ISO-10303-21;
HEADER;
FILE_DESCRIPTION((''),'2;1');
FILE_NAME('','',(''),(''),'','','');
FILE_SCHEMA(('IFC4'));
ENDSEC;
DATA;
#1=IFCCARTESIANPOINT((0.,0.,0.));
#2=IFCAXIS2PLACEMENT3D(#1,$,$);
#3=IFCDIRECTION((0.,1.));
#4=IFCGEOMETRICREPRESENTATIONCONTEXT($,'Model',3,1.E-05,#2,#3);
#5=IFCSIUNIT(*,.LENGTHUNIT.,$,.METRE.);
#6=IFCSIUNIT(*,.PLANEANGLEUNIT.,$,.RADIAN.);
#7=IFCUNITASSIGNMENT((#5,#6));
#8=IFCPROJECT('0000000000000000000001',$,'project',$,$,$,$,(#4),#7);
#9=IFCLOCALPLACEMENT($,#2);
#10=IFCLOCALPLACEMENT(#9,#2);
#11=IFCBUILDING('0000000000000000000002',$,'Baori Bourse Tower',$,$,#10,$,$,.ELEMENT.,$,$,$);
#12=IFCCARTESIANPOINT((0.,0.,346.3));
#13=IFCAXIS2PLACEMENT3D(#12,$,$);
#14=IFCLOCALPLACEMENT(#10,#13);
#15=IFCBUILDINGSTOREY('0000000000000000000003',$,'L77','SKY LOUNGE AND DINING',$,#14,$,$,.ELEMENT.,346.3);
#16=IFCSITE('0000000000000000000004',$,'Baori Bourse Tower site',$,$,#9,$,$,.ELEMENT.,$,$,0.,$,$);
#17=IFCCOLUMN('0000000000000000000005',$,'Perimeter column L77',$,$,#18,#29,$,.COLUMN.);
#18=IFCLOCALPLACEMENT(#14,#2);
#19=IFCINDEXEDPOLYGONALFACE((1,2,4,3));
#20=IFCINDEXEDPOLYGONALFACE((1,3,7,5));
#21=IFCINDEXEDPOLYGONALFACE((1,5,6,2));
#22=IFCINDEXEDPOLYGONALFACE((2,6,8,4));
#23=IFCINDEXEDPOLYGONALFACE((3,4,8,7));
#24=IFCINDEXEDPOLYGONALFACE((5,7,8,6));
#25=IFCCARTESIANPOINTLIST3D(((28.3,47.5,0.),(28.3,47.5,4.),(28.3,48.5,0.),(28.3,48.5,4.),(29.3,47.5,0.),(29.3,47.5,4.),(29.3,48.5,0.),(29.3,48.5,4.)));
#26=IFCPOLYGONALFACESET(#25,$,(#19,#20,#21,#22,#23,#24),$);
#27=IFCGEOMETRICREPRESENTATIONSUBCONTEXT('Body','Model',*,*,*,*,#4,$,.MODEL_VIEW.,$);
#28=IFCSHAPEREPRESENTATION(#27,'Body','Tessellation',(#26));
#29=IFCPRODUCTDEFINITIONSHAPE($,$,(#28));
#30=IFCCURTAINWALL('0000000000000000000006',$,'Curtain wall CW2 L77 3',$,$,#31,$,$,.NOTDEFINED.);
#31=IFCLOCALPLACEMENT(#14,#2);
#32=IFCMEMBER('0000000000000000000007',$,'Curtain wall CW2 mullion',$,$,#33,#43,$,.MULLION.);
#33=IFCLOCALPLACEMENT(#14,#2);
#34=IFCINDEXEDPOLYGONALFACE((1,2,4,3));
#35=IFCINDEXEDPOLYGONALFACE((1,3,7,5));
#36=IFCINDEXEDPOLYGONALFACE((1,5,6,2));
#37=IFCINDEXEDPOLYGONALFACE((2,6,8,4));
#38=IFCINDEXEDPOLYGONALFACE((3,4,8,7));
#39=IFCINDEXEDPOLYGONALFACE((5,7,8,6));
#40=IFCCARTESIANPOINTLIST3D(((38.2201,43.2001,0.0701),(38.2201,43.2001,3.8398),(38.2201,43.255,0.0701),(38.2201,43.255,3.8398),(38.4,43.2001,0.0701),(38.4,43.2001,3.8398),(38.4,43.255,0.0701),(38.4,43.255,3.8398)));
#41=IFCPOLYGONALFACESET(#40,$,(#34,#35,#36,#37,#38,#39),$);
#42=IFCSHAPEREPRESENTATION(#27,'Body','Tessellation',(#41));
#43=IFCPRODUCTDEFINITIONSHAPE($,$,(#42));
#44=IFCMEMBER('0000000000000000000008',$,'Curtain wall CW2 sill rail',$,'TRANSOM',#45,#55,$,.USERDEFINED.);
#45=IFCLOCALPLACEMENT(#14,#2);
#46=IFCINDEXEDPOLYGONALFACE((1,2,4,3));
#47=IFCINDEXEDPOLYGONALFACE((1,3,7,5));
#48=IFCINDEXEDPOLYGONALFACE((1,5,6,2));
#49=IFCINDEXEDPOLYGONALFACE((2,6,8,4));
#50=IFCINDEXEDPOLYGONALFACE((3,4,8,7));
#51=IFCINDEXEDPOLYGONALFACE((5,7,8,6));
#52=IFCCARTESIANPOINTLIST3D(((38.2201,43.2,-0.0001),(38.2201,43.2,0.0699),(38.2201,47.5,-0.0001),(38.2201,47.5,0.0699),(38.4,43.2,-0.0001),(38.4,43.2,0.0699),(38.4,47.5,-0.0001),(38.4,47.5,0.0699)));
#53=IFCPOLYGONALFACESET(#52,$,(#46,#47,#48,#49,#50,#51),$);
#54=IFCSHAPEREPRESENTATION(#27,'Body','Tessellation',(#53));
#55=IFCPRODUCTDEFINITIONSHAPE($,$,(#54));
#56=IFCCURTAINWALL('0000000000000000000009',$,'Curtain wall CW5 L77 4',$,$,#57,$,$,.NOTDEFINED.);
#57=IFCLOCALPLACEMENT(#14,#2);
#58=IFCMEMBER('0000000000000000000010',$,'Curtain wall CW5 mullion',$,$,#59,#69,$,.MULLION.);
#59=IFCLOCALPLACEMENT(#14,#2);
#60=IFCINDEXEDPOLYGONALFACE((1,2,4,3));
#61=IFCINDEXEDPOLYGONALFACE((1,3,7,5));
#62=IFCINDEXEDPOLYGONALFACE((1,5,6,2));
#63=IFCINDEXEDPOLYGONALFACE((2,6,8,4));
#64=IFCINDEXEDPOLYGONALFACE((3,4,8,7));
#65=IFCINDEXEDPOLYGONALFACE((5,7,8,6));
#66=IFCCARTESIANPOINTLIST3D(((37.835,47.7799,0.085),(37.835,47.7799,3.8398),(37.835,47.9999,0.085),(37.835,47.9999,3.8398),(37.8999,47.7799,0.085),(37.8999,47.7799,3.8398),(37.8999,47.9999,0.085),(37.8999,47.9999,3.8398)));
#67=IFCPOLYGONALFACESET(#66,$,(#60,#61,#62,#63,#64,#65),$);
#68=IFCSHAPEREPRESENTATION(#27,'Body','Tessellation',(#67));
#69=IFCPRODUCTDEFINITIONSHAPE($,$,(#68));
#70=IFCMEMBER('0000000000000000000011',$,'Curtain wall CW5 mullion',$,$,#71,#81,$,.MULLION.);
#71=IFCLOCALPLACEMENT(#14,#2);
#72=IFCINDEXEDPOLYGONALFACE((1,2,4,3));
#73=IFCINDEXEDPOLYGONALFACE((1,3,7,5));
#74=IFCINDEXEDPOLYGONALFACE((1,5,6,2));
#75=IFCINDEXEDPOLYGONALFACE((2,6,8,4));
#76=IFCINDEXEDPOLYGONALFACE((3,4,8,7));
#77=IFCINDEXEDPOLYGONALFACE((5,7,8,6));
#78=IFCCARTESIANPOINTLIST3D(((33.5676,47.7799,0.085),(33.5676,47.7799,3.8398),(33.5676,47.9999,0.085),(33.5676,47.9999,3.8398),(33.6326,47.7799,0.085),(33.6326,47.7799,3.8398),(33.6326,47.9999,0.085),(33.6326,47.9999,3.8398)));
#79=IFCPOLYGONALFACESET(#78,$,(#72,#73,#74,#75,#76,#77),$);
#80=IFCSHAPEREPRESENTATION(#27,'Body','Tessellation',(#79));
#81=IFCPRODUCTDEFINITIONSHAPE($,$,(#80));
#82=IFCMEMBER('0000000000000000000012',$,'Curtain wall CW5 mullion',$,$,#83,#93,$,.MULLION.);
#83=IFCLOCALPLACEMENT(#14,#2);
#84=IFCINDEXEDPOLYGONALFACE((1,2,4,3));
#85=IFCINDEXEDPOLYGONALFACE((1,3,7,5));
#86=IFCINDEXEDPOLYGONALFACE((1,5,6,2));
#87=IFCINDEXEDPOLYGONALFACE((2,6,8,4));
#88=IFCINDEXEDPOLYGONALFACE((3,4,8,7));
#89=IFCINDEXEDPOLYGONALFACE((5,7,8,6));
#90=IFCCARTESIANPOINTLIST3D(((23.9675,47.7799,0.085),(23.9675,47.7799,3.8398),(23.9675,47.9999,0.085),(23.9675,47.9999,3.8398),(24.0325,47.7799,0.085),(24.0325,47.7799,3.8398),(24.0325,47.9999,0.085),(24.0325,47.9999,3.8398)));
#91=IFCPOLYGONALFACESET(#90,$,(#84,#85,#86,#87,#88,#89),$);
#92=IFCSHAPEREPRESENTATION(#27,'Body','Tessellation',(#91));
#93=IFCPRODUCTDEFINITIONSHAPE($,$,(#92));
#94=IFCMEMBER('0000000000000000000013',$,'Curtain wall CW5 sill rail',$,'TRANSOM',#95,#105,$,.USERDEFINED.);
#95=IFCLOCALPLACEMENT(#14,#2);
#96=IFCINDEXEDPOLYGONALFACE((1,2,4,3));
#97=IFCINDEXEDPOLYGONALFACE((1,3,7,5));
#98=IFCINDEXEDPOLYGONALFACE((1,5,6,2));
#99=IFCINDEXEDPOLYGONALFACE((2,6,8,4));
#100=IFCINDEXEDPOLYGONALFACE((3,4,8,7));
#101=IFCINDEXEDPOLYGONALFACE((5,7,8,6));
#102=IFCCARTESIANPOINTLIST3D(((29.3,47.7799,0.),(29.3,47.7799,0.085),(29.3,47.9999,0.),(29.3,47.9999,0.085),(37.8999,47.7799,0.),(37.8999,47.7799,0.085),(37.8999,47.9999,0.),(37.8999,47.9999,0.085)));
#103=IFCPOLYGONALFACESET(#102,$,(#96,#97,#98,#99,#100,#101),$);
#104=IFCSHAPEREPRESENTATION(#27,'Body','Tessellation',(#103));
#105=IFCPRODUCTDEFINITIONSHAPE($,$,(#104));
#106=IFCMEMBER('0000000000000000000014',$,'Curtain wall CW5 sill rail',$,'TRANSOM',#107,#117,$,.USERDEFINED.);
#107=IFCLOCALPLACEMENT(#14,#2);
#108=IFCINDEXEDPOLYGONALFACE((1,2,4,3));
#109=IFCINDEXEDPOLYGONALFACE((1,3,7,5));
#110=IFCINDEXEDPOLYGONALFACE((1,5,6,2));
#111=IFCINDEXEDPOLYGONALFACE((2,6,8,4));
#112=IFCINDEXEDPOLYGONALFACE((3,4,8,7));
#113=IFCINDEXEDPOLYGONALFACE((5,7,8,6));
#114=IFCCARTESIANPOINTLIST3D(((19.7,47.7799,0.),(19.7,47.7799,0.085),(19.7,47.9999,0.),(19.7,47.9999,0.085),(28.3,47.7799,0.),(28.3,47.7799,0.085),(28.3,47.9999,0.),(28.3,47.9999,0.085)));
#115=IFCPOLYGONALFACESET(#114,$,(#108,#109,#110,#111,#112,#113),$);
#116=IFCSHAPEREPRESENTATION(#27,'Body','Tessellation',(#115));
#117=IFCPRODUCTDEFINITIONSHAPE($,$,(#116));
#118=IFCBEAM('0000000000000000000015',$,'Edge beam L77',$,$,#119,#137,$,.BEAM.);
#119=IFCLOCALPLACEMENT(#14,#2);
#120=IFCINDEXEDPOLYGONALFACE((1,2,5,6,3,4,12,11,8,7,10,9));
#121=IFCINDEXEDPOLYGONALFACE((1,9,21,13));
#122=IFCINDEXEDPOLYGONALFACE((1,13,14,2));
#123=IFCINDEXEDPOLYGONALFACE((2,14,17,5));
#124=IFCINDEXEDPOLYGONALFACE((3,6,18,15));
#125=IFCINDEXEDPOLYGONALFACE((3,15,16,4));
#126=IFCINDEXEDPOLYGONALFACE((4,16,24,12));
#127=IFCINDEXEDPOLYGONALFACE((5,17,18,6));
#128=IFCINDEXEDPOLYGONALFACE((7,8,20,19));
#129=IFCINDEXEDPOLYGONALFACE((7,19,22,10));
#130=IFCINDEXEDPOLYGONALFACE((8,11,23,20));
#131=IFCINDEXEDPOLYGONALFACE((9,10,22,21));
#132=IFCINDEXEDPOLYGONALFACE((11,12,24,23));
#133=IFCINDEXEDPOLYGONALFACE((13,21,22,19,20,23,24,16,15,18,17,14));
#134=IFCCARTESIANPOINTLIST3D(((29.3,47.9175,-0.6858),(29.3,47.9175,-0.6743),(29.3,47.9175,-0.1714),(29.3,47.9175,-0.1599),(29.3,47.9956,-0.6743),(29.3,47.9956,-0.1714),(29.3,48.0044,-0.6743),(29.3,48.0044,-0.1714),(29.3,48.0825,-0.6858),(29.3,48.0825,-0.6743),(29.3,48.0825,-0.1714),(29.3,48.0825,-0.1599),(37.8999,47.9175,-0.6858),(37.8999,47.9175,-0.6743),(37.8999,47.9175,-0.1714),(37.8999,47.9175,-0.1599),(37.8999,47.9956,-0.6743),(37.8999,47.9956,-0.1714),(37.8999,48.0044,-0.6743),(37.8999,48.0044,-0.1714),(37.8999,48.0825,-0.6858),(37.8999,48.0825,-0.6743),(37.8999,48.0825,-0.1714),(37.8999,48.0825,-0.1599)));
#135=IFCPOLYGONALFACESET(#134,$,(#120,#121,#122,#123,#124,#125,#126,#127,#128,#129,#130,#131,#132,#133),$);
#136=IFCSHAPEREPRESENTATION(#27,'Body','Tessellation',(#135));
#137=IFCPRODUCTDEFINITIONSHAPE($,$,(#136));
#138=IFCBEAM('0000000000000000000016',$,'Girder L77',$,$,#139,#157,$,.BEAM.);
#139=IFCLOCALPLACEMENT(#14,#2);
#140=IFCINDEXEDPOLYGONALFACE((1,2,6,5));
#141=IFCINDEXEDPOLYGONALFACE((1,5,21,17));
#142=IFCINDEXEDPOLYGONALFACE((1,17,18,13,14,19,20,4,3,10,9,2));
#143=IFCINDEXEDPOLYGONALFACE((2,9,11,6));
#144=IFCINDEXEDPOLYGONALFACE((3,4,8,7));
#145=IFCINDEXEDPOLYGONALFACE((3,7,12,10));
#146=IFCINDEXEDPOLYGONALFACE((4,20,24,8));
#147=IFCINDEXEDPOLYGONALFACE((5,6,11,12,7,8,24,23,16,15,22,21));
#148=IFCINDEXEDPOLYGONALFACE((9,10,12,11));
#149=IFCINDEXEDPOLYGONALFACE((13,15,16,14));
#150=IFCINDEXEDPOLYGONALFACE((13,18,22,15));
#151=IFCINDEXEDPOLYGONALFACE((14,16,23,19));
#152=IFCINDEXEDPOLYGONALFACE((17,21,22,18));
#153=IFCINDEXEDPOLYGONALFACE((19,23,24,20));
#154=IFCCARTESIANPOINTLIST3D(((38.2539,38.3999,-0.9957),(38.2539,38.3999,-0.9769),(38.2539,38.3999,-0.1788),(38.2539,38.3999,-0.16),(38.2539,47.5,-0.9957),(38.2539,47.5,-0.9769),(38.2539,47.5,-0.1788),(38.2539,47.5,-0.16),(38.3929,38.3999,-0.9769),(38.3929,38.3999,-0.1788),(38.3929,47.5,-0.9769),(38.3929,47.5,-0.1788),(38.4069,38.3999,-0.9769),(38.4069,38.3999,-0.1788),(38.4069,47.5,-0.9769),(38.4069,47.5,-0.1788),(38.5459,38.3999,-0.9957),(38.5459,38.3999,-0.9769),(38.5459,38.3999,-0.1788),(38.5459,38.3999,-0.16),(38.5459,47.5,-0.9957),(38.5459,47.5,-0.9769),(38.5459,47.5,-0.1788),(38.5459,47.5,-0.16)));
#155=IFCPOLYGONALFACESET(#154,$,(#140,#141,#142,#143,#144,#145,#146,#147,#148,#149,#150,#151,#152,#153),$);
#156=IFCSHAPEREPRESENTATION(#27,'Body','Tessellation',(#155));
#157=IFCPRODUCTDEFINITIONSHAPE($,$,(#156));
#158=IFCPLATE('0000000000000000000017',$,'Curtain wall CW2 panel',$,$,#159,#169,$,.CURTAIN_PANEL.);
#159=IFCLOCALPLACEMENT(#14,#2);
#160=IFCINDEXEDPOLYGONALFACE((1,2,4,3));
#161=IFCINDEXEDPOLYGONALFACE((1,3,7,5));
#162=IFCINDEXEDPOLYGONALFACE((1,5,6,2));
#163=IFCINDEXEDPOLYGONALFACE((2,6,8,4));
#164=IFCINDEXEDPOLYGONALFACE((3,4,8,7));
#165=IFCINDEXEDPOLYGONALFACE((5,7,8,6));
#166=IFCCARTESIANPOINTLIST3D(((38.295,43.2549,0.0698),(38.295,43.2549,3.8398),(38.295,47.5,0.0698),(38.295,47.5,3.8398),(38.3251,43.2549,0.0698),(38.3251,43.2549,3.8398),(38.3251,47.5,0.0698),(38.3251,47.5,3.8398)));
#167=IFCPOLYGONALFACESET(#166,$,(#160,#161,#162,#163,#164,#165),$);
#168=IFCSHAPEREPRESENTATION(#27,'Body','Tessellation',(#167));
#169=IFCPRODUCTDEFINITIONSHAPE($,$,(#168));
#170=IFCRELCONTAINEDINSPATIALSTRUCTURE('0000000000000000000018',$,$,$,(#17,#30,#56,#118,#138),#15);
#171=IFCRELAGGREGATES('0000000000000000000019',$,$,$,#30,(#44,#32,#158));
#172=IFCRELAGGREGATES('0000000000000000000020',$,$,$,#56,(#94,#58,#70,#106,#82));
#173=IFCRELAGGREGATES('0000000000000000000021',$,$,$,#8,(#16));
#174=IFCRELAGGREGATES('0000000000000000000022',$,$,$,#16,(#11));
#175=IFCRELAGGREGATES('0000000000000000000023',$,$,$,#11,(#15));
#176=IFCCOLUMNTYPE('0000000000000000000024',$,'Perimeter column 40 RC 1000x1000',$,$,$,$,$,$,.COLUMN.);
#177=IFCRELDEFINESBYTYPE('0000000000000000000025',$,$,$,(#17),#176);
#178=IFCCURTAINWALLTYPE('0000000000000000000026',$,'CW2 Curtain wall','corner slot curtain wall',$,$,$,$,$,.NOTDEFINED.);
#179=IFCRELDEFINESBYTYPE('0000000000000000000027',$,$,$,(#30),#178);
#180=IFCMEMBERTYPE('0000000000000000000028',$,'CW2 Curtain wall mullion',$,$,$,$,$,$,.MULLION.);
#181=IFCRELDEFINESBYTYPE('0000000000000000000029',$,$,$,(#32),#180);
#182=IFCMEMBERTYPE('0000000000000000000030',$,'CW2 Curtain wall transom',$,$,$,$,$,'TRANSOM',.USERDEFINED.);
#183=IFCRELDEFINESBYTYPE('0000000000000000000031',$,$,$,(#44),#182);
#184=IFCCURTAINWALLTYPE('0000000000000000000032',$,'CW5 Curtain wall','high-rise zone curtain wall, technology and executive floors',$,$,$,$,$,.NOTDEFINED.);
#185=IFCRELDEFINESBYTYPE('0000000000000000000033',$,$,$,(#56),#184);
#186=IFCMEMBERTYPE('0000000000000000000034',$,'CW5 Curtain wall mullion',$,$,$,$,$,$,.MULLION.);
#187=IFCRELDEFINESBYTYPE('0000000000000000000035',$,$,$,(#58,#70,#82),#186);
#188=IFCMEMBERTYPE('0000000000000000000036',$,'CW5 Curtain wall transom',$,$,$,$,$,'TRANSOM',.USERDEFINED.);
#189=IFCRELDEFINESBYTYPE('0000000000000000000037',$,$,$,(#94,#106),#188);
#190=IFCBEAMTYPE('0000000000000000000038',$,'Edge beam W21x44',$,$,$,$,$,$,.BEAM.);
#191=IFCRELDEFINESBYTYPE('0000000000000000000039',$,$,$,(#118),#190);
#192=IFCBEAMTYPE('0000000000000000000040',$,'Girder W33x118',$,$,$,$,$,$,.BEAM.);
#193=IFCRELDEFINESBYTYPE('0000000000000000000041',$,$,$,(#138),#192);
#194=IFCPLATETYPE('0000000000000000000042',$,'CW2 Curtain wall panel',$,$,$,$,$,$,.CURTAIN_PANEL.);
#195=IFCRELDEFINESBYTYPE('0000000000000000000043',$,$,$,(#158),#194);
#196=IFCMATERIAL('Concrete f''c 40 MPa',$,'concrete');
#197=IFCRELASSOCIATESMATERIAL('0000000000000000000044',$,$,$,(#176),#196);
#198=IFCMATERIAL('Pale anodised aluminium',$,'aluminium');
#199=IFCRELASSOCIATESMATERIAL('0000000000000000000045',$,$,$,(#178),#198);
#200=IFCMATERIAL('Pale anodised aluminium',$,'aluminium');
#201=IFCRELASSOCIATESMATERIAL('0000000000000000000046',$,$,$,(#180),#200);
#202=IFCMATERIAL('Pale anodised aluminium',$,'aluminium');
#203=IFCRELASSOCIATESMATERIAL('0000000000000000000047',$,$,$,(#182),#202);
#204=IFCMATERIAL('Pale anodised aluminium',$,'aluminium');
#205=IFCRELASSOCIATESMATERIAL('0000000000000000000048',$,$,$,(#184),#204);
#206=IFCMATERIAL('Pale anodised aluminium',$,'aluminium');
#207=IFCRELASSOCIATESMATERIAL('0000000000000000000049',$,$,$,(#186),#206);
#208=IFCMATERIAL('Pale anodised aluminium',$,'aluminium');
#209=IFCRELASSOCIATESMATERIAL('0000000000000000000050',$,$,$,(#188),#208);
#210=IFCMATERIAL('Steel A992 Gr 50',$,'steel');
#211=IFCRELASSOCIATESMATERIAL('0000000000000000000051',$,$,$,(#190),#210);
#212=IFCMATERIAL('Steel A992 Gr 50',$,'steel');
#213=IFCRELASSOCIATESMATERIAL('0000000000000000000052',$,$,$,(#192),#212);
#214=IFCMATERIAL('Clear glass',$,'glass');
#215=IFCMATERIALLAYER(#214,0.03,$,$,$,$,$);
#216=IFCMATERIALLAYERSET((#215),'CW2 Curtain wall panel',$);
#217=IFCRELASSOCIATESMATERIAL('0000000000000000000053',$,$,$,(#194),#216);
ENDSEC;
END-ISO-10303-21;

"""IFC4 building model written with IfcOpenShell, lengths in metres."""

from ifc_helpers import new_model, si_unit, direction, frame, origin, origin_2d, place, context, subcontext, project, spatial, rectangle, i_section, extrude, material, layer, layer_set, material_profile, profile_set, type_object, element, aggregate, save


model = new_model("IFC4")

# Units and contexts
model_context = context("Model", 3, precision=1e-05, world=origin(), true_north=direction((0.0, 1.0)))
body_context = subcontext(model_context, "Body", "Model", "MODEL_VIEW")
ifc_project = project(units=[si_unit("LENGTHUNIT", "METRE"), si_unit("PLANEANGLEUNIT", "RADIAN")], contexts=[model_context])

# Site, building, storey
site_placement = place(None, origin())
site = spatial("IfcSite", under=ifc_project, at=site_placement, Name="Baori Bourse Tower site", CompositionType="ELEMENT", RefElevation=0.0)
building_placement = place(site_placement, origin())
building = spatial("IfcBuilding", under=site, at=building_placement, Name="Baori Bourse Tower", CompositionType="ELEMENT")
storey_placement = place(building_placement, frame((0.0, 0.0, 346.3)))
storey = spatial("IfcBuildingStorey", under=building, at=storey_placement, Name="L77", Description="SKY LOUNGE AND DINING", CompositionType="ELEMENT", Elevation=346.3)

# Column
ifc_material_1 = material(Name="Concrete f'c 40 MPa", Category="concrete")
ifc_material_profile_1 = material_profile(ifc_material_1, rectangle(XDim=1.0, YDim=1.0, at=origin_2d()), Name="RC 1000x1000")
ifc_profile_set_1 = profile_set([ifc_material_profile_1], Name="Concrete f'c 40 MPa")
column_type = type_object("IfcColumnType", Name="Perimeter column 40 RC 1000x1000", PredefinedType="COLUMN", material=ifc_profile_set_1)
column_placement = place(storey_placement, frame((28.8, 48.0, 0.0), z_axis=(0.0, 0.0, 1.0), x_axis=(1.0, 0.0, 0.0)))
element("IfcColumn", 1, at=column_placement, inside=storey, type_object=column_type, Name="Perimeter column L77", PredefinedType="COLUMN", context=body_context, shape_type="SweptSolid", body=[
    extrude(rectangle(XDim=1.0, YDim=1.0, at=origin_2d()), origin(), (0.0, 0.0, 1.0), 4.0),
])

# Curtain walls, members
ifc_material_2 = material(Name="Pale anodised aluminium", Category="aluminium")
curtain_wall_type_1 = type_object("IfcCurtainWallType", Name="CW2 Curtain wall", Description="corner slot curtain wall", PredefinedType="NOTDEFINED", material=ifc_material_2)
curtain_wall_1_placement = place(storey_placement, origin())
curtain_wall_1 = element("IfcCurtainWall", 2, at=curtain_wall_1_placement, inside=storey, type_object=curtain_wall_type_1, Name="Curtain wall CW2 L77 3", PredefinedType="NOTDEFINED")
ifc_material_3 = material(Name="Pale anodised aluminium", Category="aluminium")
ifc_material_profile_2 = material_profile(ifc_material_3, rectangle(XDim=0.1799, YDim=0.0549, at=origin_2d()), Name="Mullion 55x180")
ifc_profile_set_2 = profile_set([ifc_material_profile_2], Name="Pale anodised aluminium")
member_type_1 = type_object("IfcMemberType", Name="CW2 Curtain wall mullion", PredefinedType="MULLION", material=ifc_profile_set_2)
member_1_placement = place(storey_placement, frame((38.3101, 43.2275, 0.0701), z_axis=(0.0, 0.0, 1.0), x_axis=(-1.0, 0.0, 0.0)))
member_1 = element("IfcMember", 3, at=member_1_placement, type_object=member_type_1, Name="Curtain wall CW2 mullion", PredefinedType="MULLION", context=body_context, shape_type="SweptSolid", body=[
    extrude(rectangle(XDim=0.1799, YDim=0.0549, at=origin_2d()), origin(), (0.0, 0.0, 1.0), 3.7698),
])
ifc_material_4 = material(Name="Pale anodised aluminium", Category="aluminium")
ifc_material_profile_3 = material_profile(ifc_material_4, rectangle(XDim=0.1799, YDim=0.0701, at=origin_2d()), Name="Transom 70x180")
ifc_profile_set_3 = profile_set([ifc_material_profile_3], Name="Pale anodised aluminium")
member_type_2 = type_object("IfcMemberType", Name="CW2 Curtain wall transom", ElementType="TRANSOM", PredefinedType="USERDEFINED", material=ifc_profile_set_3)
member_2_placement = place(storey_placement, frame((38.3101, 43.2, 0.0349), z_axis=(0.0, 1.0, 0.0), x_axis=(-1.0, 0.0, 0.0)))
member_2 = element("IfcMember", 4, at=member_2_placement, type_object=member_type_2, Name="Curtain wall CW2 sill rail", ObjectType="TRANSOM", PredefinedType="USERDEFINED", context=body_context, shape_type="SweptSolid", body=[
    extrude(rectangle(XDim=0.1799, YDim=0.0701, at=origin_2d()), origin(), (0.0, 0.0, 1.0), 4.3),
])
ifc_material_5 = material(Name="Pale anodised aluminium", Category="aluminium")
curtain_wall_type_2 = type_object("IfcCurtainWallType", Name="CW5 Curtain wall", Description="high-rise zone curtain wall, technology and executive floors", PredefinedType="NOTDEFINED", material=ifc_material_5)
curtain_wall_2_placement = place(storey_placement, origin())
curtain_wall_2 = element("IfcCurtainWall", 5, at=curtain_wall_2_placement, inside=storey, type_object=curtain_wall_type_2, Name="Curtain wall CW5 L77 4", PredefinedType="NOTDEFINED")
ifc_material_6 = material(Name="Pale anodised aluminium", Category="aluminium")
ifc_material_profile_4 = material_profile(ifc_material_6, rectangle(XDim=0.22, YDim=0.0649, at=origin_2d()), Name="Mullion 65x220")
ifc_profile_set_4 = profile_set([ifc_material_profile_4], Name="Pale anodised aluminium")
member_type_3 = type_object("IfcMemberType", Name="CW5 Curtain wall mullion", PredefinedType="MULLION", material=ifc_profile_set_4)
member_3_placement = place(storey_placement, frame((37.8674, 47.8899, 0.085), z_axis=(0.0, 0.0, 1.0), x_axis=(0.0, -1.0, 0.0)))
member_3 = element("IfcMember", 6, at=member_3_placement, type_object=member_type_3, Name="Curtain wall CW5 mullion", PredefinedType="MULLION", context=body_context, shape_type="SweptSolid", body=[
    extrude(rectangle(XDim=0.22, YDim=0.0649, at=origin_2d()), origin(), (0.0, 0.0, 1.0), 3.7549),
])
member_4_placement = place(storey_placement, frame((33.6001, 47.8899, 0.085), z_axis=(0.0, 0.0, 1.0), x_axis=(0.0, -1.0, 0.0)))
member_4 = element("IfcMember", 7, at=member_4_placement, type_object=member_type_3, Name="Curtain wall CW5 mullion", PredefinedType="MULLION", context=body_context, shape_type="SweptSolid", body=[
    extrude(rectangle(XDim=0.22, YDim=0.0649, at=origin_2d()), origin(), (0.0, 0.0, 1.0), 3.7549),
])
member_5_placement = place(storey_placement, frame((24.0, 47.8899, 0.085), z_axis=(0.0, 0.0, 1.0), x_axis=(0.0, -1.0, 0.0)))
member_5 = element("IfcMember", 8, at=member_5_placement, type_object=member_type_3, Name="Curtain wall CW5 mullion", PredefinedType="MULLION", context=body_context, shape_type="SweptSolid", body=[
    extrude(rectangle(XDim=0.22, YDim=0.0649, at=origin_2d()), origin(), (0.0, 0.0, 1.0), 3.7549),
])
ifc_material_7 = material(Name="Pale anodised aluminium", Category="aluminium")
ifc_material_profile_5 = material_profile(ifc_material_7, rectangle(XDim=0.22, YDim=0.085, at=origin_2d()), Name="Transom 85x220")
ifc_profile_set_5 = profile_set([ifc_material_profile_5], Name="Pale anodised aluminium")
member_type_4 = type_object("IfcMemberType", Name="CW5 Curtain wall transom", ElementType="TRANSOM", PredefinedType="USERDEFINED", material=ifc_profile_set_5)
member_6_placement = place(storey_placement, frame((37.8999, 47.8899, 0.0425), z_axis=(-1.0, 0.0, 0.0), x_axis=(0.0, -1.0, 0.0)))
member_6 = element("IfcMember", 9, at=member_6_placement, type_object=member_type_4, Name="Curtain wall CW5 sill rail", ObjectType="TRANSOM", PredefinedType="USERDEFINED", context=body_context, shape_type="SweptSolid", body=[
    extrude(rectangle(XDim=0.22, YDim=0.085, at=origin_2d()), origin(), (0.0, 0.0, 1.0), 8.5999),
])
member_7_placement = place(storey_placement, frame((28.3, 47.8899, 0.0425), z_axis=(-1.0, 0.0, 0.0), x_axis=(0.0, -1.0, 0.0)))
member_7 = element("IfcMember", 10, at=member_7_placement, type_object=member_type_4, Name="Curtain wall CW5 sill rail", ObjectType="TRANSOM", PredefinedType="USERDEFINED", context=body_context, shape_type="SweptSolid", body=[
    extrude(rectangle(XDim=0.22, YDim=0.085, at=origin_2d()), origin(), (0.0, 0.0, 1.0), 8.6001),
])

# Beams
ifc_material_8 = material(Name="Steel A992 Gr 50", Category="steel")
ifc_material_profile_6 = material_profile(ifc_material_8, i_section(OverallWidth=0.165, OverallDepth=0.5259, WebThickness=0.0088, FlangeThickness=0.0115, at=origin_2d()), Name="W21x44")
ifc_profile_set_6 = profile_set([ifc_material_profile_6], Name="Steel A992 Gr 50")
beam_type_1 = type_object("IfcBeamType", Name="Edge beam W21x44", PredefinedType="BEAM", material=ifc_profile_set_6)
beam_1_placement = place(storey_placement, frame((29.3, 48.0, -0.4229), z_axis=(1.0, 0.0, 0.0), x_axis=(0.0, 1.0, 0.0)))
element("IfcBeam", 11, at=beam_1_placement, inside=storey, type_object=beam_type_1, Name="Edge beam L77", PredefinedType="BEAM", context=body_context, shape_type="SweptSolid", body=[
    extrude(i_section(OverallWidth=0.165, OverallDepth=0.5259, WebThickness=0.0088, FlangeThickness=0.0115, at=origin_2d()), origin(), (0.0, 0.0, 1.0), 8.5999),
])
ifc_material_9 = material(Name="Steel A992 Gr 50", Category="steel")
ifc_material_profile_7 = material_profile(ifc_material_9, i_section(OverallWidth=0.292, OverallDepth=0.8357, WebThickness=0.0139, FlangeThickness=0.0188, at=origin_2d()), Name="W33x118")
ifc_profile_set_7 = profile_set([ifc_material_profile_7], Name="Steel A992 Gr 50")
beam_type_2 = type_object("IfcBeamType", Name="Girder W33x118", PredefinedType="BEAM", material=ifc_profile_set_7)
beam_2_placement = place(storey_placement, frame((38.3999, 38.3999, -0.5779), z_axis=(0.0, 1.0, 0.0), x_axis=(-1.0, 0.0, 0.0)))
element("IfcBeam", 12, at=beam_2_placement, inside=storey, type_object=beam_type_2, Name="Girder L77", PredefinedType="BEAM", context=body_context, shape_type="SweptSolid", body=[
    extrude(i_section(OverallWidth=0.292, OverallDepth=0.8357, WebThickness=0.0139, FlangeThickness=0.0188, at=origin_2d()), origin(), (0.0, 0.0, 1.0), 9.1001),
])

# Plate
ifc_material_10 = material(Name="Clear glass", Category="glass")
ifc_layer_1 = layer(ifc_material_10, 0.03)
ifc_layer_set_1 = layer_set([ifc_layer_1], Name="CW2 Curtain wall panel")
plate_type_1 = type_object("IfcPlateType", Name="CW2 Curtain wall panel", PredefinedType="CURTAIN_PANEL", material=ifc_layer_set_1)
plate_1_placement = place(storey_placement, frame((38.3101, 45.3774, 0.0698), z_axis=(0.0, 0.0, 1.0), x_axis=(0.0, 1.0, 0.0)))
plate_1 = element("IfcPlate", 13, at=plate_1_placement, type_object=plate_type_1, Name="Curtain wall CW2 panel", PredefinedType="CURTAIN_PANEL", context=body_context, shape_type="SweptSolid", body=[
    extrude(rectangle(XDim=4.2451, YDim=0.03, at=origin_2d()), origin(), (0.0, 0.0, 1.0), 3.77),
])
aggregate(curtain_wall_1, [member_2, member_1, plate_1])
aggregate(curtain_wall_2, [member_6, member_3, member_4, member_7, member_5])

save(model, "model.ifc")
